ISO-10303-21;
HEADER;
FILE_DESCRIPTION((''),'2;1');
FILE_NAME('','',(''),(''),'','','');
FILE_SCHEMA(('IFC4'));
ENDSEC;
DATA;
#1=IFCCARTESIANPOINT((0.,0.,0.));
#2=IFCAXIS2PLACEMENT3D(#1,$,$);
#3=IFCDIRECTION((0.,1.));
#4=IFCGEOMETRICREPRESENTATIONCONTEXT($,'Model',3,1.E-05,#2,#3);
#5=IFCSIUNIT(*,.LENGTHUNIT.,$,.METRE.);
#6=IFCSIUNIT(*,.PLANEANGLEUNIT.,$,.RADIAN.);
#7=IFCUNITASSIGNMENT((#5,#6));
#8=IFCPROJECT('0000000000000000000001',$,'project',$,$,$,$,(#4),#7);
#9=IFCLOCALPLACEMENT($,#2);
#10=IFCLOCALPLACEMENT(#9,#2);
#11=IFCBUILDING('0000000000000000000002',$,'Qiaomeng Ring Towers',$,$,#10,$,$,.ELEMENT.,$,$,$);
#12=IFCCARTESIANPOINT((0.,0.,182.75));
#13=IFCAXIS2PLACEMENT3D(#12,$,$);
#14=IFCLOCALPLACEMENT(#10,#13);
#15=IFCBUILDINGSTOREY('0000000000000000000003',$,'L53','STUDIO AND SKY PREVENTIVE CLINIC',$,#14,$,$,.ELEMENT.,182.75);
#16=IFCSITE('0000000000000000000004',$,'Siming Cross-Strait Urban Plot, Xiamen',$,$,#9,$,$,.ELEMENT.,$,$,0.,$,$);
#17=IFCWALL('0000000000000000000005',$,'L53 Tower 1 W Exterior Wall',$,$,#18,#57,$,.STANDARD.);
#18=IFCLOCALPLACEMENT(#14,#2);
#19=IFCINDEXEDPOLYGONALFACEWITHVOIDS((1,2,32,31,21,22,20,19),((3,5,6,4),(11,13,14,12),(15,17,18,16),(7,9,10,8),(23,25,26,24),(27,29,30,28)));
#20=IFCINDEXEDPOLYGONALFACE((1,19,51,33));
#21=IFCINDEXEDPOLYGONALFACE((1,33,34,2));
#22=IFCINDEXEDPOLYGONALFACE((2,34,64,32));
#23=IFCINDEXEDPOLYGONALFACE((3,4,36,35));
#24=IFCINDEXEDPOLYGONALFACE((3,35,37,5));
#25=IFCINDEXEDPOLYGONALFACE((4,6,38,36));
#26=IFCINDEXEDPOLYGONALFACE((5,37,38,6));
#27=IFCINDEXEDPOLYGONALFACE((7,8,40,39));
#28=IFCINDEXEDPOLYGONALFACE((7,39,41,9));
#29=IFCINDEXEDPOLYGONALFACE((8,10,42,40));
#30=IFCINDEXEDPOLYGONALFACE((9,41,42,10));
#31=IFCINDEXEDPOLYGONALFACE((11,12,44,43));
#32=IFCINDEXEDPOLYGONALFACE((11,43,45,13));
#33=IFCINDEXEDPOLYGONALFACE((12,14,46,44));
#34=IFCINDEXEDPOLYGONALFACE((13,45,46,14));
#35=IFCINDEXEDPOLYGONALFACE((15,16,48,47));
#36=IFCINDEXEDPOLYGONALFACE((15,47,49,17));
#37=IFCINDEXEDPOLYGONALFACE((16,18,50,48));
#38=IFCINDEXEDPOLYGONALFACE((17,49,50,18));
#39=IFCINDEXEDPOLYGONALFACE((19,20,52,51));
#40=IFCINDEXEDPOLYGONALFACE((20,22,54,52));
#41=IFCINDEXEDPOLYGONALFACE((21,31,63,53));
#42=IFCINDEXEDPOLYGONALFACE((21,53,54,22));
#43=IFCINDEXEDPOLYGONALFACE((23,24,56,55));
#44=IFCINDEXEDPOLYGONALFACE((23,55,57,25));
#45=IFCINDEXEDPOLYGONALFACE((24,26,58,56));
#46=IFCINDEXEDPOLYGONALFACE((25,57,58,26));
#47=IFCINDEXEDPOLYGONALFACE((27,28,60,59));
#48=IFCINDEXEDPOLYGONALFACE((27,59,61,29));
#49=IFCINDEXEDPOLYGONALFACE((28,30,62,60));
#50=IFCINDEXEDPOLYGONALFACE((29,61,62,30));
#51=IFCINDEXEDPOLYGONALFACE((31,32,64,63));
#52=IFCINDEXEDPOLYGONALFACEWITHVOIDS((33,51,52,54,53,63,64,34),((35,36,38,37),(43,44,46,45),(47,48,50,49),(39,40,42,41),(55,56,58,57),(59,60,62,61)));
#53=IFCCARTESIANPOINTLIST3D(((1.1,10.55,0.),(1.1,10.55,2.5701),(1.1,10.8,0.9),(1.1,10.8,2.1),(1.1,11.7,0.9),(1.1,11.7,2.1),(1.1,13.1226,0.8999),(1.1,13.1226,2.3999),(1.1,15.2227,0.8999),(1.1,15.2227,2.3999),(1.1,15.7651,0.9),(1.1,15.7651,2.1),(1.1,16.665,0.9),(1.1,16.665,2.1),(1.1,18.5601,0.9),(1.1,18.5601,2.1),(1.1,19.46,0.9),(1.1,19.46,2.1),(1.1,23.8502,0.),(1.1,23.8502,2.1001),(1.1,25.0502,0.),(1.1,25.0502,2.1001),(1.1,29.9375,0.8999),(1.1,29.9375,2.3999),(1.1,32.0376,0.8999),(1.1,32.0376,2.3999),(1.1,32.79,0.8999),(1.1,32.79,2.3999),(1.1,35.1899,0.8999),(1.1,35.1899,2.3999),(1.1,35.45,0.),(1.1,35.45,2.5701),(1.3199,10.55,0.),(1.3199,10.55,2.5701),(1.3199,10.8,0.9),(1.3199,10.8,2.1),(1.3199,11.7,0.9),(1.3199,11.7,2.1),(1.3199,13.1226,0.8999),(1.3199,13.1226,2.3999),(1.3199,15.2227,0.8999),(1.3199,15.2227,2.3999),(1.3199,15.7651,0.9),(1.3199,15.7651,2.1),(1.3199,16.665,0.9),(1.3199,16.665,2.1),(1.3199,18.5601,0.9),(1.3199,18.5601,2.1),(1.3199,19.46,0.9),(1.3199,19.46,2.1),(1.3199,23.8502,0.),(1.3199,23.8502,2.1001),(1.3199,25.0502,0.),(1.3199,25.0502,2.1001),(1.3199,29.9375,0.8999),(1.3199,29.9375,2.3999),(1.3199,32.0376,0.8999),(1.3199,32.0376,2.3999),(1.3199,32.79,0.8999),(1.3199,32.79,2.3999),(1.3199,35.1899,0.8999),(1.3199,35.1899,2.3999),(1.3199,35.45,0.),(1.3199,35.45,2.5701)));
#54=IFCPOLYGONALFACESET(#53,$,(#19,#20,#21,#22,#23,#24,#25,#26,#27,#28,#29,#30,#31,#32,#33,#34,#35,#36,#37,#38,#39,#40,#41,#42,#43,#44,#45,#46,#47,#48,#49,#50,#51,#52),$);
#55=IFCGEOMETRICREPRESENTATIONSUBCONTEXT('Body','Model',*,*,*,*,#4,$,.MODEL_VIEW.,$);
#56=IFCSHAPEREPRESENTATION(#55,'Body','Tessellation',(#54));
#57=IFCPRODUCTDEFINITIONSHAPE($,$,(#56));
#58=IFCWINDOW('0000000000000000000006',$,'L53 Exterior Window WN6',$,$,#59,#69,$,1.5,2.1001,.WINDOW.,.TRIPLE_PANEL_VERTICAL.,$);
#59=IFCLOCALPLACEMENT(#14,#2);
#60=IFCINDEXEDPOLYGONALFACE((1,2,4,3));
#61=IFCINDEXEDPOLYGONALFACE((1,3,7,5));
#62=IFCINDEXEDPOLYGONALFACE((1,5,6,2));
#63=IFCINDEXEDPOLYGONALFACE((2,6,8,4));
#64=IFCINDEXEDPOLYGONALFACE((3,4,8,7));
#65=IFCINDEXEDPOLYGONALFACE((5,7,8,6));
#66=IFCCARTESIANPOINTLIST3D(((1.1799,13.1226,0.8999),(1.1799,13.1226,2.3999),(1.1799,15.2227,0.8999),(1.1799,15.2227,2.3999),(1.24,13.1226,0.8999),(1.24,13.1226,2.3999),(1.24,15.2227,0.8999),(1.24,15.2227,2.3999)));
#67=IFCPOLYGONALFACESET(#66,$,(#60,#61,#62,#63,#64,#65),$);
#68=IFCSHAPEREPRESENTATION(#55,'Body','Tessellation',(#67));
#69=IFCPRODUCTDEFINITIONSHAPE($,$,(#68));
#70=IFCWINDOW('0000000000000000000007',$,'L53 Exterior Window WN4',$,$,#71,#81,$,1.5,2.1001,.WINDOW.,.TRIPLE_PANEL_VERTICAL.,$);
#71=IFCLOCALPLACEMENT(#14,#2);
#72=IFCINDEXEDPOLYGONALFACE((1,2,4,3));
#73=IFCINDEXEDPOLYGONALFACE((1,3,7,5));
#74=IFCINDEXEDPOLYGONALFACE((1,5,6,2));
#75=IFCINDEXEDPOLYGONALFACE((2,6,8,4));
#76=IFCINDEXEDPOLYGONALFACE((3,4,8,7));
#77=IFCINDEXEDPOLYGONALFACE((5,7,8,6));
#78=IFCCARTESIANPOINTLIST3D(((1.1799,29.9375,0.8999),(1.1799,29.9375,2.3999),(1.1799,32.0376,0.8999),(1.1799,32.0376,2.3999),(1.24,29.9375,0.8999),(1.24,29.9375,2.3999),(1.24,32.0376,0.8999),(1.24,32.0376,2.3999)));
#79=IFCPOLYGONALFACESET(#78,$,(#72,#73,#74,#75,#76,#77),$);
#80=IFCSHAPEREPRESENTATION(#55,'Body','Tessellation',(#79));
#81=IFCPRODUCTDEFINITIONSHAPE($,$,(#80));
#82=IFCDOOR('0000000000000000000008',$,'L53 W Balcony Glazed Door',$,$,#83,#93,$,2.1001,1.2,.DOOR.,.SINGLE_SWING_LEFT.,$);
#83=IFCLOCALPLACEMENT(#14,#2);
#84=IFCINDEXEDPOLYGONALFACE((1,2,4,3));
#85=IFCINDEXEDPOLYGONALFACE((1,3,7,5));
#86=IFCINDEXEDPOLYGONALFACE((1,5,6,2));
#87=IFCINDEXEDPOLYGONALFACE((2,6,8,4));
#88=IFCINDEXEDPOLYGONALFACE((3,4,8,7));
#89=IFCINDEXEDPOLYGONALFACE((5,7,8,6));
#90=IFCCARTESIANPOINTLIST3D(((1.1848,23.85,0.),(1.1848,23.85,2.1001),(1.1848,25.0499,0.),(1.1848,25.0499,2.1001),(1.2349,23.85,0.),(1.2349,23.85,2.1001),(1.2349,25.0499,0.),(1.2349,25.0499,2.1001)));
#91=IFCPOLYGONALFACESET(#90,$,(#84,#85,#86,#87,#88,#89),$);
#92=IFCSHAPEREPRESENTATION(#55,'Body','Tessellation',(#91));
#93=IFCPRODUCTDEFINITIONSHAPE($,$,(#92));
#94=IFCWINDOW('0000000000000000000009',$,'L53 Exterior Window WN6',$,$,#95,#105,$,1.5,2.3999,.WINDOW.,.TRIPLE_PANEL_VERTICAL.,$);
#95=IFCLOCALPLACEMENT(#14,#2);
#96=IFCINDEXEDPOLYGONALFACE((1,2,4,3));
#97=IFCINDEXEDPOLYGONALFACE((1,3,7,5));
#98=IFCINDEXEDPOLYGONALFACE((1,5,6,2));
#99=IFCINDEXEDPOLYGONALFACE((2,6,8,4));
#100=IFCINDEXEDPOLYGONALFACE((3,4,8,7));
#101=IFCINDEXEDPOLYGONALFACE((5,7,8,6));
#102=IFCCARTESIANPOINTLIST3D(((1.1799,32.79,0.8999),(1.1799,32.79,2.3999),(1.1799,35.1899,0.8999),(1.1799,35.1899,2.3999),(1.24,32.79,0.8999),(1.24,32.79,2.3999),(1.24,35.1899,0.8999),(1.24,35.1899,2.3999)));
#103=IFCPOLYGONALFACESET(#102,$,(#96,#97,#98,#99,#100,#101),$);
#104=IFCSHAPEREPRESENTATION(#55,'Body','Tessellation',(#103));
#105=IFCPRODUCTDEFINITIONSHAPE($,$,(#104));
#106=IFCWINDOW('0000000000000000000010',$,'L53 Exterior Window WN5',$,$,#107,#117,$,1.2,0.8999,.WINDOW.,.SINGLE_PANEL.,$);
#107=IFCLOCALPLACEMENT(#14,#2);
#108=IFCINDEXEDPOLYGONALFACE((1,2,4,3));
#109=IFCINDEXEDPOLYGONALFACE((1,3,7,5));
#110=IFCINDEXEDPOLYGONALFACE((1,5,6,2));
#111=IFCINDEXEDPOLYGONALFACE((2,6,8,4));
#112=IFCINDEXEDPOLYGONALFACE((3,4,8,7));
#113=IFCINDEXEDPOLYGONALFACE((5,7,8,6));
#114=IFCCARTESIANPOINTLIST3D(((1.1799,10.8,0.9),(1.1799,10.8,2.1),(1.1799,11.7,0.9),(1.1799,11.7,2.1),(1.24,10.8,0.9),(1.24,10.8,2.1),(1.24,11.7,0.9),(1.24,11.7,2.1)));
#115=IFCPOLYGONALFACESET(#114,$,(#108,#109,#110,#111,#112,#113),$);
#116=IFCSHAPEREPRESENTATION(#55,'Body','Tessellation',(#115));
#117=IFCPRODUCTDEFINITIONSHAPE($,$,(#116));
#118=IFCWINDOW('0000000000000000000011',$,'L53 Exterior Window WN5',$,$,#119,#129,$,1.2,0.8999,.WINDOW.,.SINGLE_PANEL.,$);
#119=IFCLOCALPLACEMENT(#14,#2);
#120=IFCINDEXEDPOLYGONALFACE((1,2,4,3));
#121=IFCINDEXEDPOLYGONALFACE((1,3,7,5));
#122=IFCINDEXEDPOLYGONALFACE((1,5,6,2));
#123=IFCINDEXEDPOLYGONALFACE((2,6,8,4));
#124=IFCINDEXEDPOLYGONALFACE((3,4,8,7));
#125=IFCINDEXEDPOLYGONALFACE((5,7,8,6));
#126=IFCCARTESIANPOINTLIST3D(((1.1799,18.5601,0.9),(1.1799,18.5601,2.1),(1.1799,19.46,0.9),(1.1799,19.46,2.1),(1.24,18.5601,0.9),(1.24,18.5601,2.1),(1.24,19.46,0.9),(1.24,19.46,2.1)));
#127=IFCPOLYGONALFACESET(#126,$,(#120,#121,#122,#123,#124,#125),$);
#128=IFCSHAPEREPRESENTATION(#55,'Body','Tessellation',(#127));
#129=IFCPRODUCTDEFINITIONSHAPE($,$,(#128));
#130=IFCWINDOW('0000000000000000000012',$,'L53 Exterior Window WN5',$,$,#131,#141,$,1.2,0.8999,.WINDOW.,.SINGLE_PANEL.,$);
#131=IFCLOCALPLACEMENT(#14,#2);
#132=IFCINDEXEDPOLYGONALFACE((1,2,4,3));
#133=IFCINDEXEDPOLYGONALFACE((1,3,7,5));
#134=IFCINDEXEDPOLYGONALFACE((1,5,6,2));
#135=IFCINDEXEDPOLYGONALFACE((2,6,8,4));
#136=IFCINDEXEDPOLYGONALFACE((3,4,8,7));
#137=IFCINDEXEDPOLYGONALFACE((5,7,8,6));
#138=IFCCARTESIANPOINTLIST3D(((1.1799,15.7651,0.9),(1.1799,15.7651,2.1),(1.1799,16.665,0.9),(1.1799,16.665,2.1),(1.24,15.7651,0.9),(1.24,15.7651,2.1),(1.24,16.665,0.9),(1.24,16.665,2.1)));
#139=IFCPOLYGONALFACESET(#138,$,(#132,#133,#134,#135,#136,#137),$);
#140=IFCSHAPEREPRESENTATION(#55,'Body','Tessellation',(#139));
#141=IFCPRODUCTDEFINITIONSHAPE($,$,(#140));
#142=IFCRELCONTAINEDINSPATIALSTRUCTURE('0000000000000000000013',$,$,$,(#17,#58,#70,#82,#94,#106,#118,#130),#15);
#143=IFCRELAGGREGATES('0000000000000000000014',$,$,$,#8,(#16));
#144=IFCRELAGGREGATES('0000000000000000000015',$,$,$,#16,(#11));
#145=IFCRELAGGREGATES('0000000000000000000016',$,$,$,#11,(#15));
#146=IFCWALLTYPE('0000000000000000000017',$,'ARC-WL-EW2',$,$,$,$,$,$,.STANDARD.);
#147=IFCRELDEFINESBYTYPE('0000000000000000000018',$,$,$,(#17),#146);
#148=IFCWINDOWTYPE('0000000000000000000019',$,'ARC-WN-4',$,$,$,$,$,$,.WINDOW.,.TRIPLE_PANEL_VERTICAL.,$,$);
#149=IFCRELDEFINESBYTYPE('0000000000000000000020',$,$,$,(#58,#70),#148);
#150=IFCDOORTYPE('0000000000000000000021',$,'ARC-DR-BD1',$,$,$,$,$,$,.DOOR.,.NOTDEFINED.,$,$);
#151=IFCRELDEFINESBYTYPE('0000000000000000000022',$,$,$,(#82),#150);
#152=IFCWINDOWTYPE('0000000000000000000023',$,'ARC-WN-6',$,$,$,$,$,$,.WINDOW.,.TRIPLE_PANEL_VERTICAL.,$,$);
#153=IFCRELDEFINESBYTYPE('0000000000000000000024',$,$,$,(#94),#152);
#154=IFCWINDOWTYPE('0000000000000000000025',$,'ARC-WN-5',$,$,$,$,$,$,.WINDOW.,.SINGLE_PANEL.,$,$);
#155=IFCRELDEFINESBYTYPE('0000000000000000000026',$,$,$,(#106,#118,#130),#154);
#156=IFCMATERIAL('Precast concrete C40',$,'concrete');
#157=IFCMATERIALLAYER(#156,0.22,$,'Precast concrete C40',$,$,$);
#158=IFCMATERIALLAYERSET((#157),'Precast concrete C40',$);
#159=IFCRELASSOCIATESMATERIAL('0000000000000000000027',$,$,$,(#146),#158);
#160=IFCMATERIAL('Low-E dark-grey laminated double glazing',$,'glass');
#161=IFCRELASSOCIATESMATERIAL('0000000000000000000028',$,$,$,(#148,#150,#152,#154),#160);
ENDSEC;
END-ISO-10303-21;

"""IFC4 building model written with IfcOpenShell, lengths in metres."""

from ifc_helpers import new_model, si_unit, direction, frame, frame_2d, origin, place, context, subcontext, project, spatial, rectangle, extrude, source, transform, mapped, material, layer, layer_set, type_object, element, fill, save


model = new_model("IFC4")

# Units and contexts
model_context = context("Model", 3, precision=1e-05, world=origin(), true_north=direction((0.0, 1.0)))
body_context = subcontext(model_context, "Body", "Model", "MODEL_VIEW")
ifc_project = project(units=[si_unit("LENGTHUNIT", "METRE"), si_unit("PLANEANGLEUNIT", "RADIAN")], contexts=[model_context])

# Site, building, storey
site_placement = place(None, origin())
site = spatial("IfcSite", under=ifc_project, at=site_placement, Name="Siming Cross-Strait Urban Plot, Xiamen", CompositionType="ELEMENT", RefElevation=0.0)
building_placement = place(site_placement, origin())
building = spatial("IfcBuilding", under=site, at=building_placement, Name="Qiaomeng Ring Towers", CompositionType="ELEMENT")
storey_placement = place(building_placement, frame((0.0, 0.0, 182.75)))
storey = spatial("IfcBuildingStorey", under=building, at=storey_placement, Name="L53", Description="STUDIO AND SKY PREVENTIVE CLINIC", CompositionType="ELEMENT", Elevation=182.75)

# Shared definitions
ifc_material_1 = material(Name="Precast concrete C40", Category="concrete")

# Wall, openings, windows, door
ifc_layer_1 = layer(ifc_material_1, 0.22, Name="Precast concrete C40")
ifc_layer_set_1 = layer_set([ifc_layer_1], Name="Precast concrete C40")
wall_type_1 = type_object("IfcWallType", Name="ARC-WL-EW2", PredefinedType="STANDARD", material=ifc_layer_set_1)
wall_1_placement = place(storey_placement, frame((1.21, 10.55, 0.0), z_axis=(0.0, 0.0, 1.0), x_axis=(0.0, 1.0, 0.0)))
wall_1 = element("IfcWall", 1, at=wall_1_placement, inside=storey, type_object=wall_type_1, Name="L53 Tower 1 W Exterior Wall", PredefinedType="STANDARD", context=body_context, shape_type="SweptSolid", body=[
    extrude(rectangle(XDim=24.8999, YDim=0.22, at=frame_2d((12.45, 0.0))), origin(), (0.0, 0.0, 1.0), 2.5701),
])
opening_1_placement = place(wall_1_placement, frame((13.3, 0.0, 0.0)))
opening_1 = element("IfcOpeningElement", 2, at=opening_1_placement, cuts=wall_1, PredefinedType="OPENING", context=body_context, shape_type="SweptSolid", body=[
    extrude(rectangle(XDim=1.2, YDim=2.1001, at=frame_2d((0.6001, 1.05))), frame((0.0, 0.1199, 0.0), z_axis=(0.0, -1.0, 0.0), x_axis=(1.0, 0.0, 0.0)), (0.0, 0.0, 1.0), 0.24),
])
opening_2_placement = place(wall_1_placement, frame((2.5725, 0.0, 0.8999)))
opening_2 = element("IfcOpeningElement", 3, at=opening_2_placement, cuts=wall_1, PredefinedType="OPENING", context=body_context, shape_type="SweptSolid", body=[
    extrude(rectangle(XDim=2.1001, YDim=1.5, at=frame_2d((1.05, 0.75))), frame((0.0, 0.1199, 0.0), z_axis=(0.0, -1.0, 0.0), x_axis=(1.0, 0.0, 0.0)), (0.0, 0.0, 1.0), 0.24),
])
opening_3_placement = place(wall_1_placement, frame((19.3875, 0.0, 0.8999)))
opening_3 = element("IfcOpeningElement", 4, at=opening_3_placement, cuts=wall_1, PredefinedType="OPENING", context=body_context, shape_type="SweptSolid", body=[
    extrude(rectangle(XDim=2.1001, YDim=1.5, at=frame_2d((1.05, 0.75))), frame((0.0, 0.1199, 0.0), z_axis=(0.0, -1.0, 0.0), x_axis=(1.0, 0.0, 0.0)), (0.0, 0.0, 1.0), 0.24),
])
opening_4_placement = place(wall_1_placement, frame((22.24, 0.0, 0.8999)))
opening_4 = element("IfcOpeningElement", 5, at=opening_4_placement, cuts=wall_1, PredefinedType="OPENING", context=body_context, shape_type="SweptSolid", body=[
    extrude(rectangle(XDim=2.3999, YDim=1.5, at=frame_2d((1.2, 0.75))), frame((0.0, 0.1199, 0.0), z_axis=(0.0, -1.0, 0.0), x_axis=(1.0, 0.0, 0.0)), (0.0, 0.0, 1.0), 0.24),
])
opening_5_placement = place(wall_1_placement, frame((0.25, 0.0, 0.8999)))
opening_5 = element("IfcOpeningElement", 6, at=opening_5_placement, cuts=wall_1, PredefinedType="OPENING", context=body_context, shape_type="SweptSolid", body=[
    extrude(rectangle(XDim=0.8999, YDim=1.2, at=frame_2d((0.45, 0.6001))), frame((0.0, 0.1199, 0.0), z_axis=(0.0, -1.0, 0.0), x_axis=(1.0, 0.0, 0.0)), (0.0, 0.0, 1.0), 0.24),
])
opening_6_placement = place(wall_1_placement, frame((8.01, 0.0, 0.8999)))
opening_6 = element("IfcOpeningElement", 7, at=opening_6_placement, cuts=wall_1, PredefinedType="OPENING", context=body_context, shape_type="SweptSolid", body=[
    extrude(rectangle(XDim=0.8999, YDim=1.2, at=frame_2d((0.45, 0.6001))), frame((0.0, 0.1199, 0.0), z_axis=(0.0, -1.0, 0.0), x_axis=(1.0, 0.0, 0.0)), (0.0, 0.0, 1.0), 0.24),
])
opening_7_placement = place(wall_1_placement, frame((5.2151, 0.0, 0.8999)))
opening_7 = element("IfcOpeningElement", 8, at=opening_7_placement, cuts=wall_1, PredefinedType="OPENING", context=body_context, shape_type="SweptSolid", body=[
    extrude(rectangle(XDim=0.8999, YDim=1.2, at=frame_2d((0.45, 0.6001))), frame((0.0, 0.1199, 0.0), z_axis=(0.0, -1.0, 0.0), x_axis=(1.0, 0.0, 0.0)), (0.0, 0.0, 1.0), 0.24),
])
ifc_material_2 = material(Name="Low-E dark-grey laminated double glazing", Category="glass")
window_type_1 = type_object("IfcWindowType", Name="ARC-WN-4", PartitioningType="TRIPLE_PANEL_VERTICAL", PredefinedType="WINDOW", material=ifc_material_2)
shared_shape_1 = source(origin(), body_context, "Body", "SweptSolid", [
    extrude(rectangle(XDim=2.1001, YDim=1.5, at=frame_2d((1.05, 0.75))), frame((0.0, 0.03, 0.0), z_axis=(0.0, -1.0, 0.0), x_axis=(1.0, 0.0, 0.0)), (0.0, 0.0, 1.0), 0.0601),
])
window_1_placement = place(opening_2_placement, origin())
window_1 = element("IfcWindow", 9, at=window_1_placement, inside=storey, type_object=window_type_1, Name="L53 Exterior Window WN6", OverallHeight=1.5, OverallWidth=2.1001, PartitioningType="TRIPLE_PANEL_VERTICAL", PredefinedType="WINDOW", context=body_context, shape_type="MappedRepresentation", body=[
    mapped(shared_shape_1, transform((0.0, 0.0, 0.0), x_axis=(1.0, 0.0, 0.0), y_axis=(0.0, 1.0, 0.0), z_axis=(0.0, 0.0, 1.0), scale=1.0)),
])
fill(opening_2, window_1)
window_2_placement = place(opening_3_placement, origin())
window_2 = element("IfcWindow", 10, at=window_2_placement, inside=storey, type_object=window_type_1, Name="L53 Exterior Window WN4", OverallHeight=1.5, OverallWidth=2.1001, PartitioningType="TRIPLE_PANEL_VERTICAL", PredefinedType="WINDOW", context=body_context, shape_type="MappedRepresentation", body=[
    mapped(shared_shape_1, transform((0.0, 0.0, 0.0), x_axis=(1.0, 0.0, 0.0), y_axis=(0.0, 1.0, 0.0), z_axis=(0.0, 0.0, 1.0), scale=1.0)),
])
fill(opening_3, window_2)
door_type = type_object("IfcDoorType", Name="ARC-DR-BD1", OperationType="NOTDEFINED", PredefinedType="DOOR", material=ifc_material_2)
shared_shape_2 = source(origin(), body_context, "Body", "SweptSolid", [
    extrude(rectangle(XDim=1.2, YDim=2.1001, at=frame_2d((0.6001, 1.05))), frame((0.0, 0.0249, 0.0), z_axis=(0.0, -1.0, 0.0), x_axis=(1.0, 0.0, 0.0)), (0.0, 0.0, 1.0), 0.05),
])
door_placement = place(opening_1_placement, frame((1.2, 0.0, 0.0), z_axis=(0.0, 0.0, 1.0), x_axis=(-1.0, 0.0, 0.0)))
door = element("IfcDoor", 11, at=door_placement, inside=storey, type_object=door_type, Name="L53 W Balcony Glazed Door", OperationType="SINGLE_SWING_LEFT", OverallHeight=2.1001, OverallWidth=1.2, PredefinedType="DOOR", context=body_context, shape_type="MappedRepresentation", body=[
    mapped(shared_shape_2, transform((0.0, 0.0, 0.0), x_axis=(1.0, 0.0, 0.0), y_axis=(0.0, 1.0, 0.0), z_axis=(0.0, 0.0, 1.0), scale=1.0)),
])
fill(opening_1, door)
window_type_2 = type_object("IfcWindowType", Name="ARC-WN-6", PartitioningType="TRIPLE_PANEL_VERTICAL", PredefinedType="WINDOW", material=ifc_material_2)
shared_shape_3 = source(origin(), body_context, "Body", "SweptSolid", [
    extrude(rectangle(XDim=2.3999, YDim=1.5, at=frame_2d((1.2, 0.75))), frame((0.0, 0.03, 0.0), z_axis=(0.0, -1.0, 0.0), x_axis=(1.0, 0.0, 0.0)), (0.0, 0.0, 1.0), 0.0601),
])
window_3_placement = place(opening_4_placement, origin())
window_3 = element("IfcWindow", 12, at=window_3_placement, inside=storey, type_object=window_type_2, Name="L53 Exterior Window WN6", OverallHeight=1.5, OverallWidth=2.3999, PartitioningType="TRIPLE_PANEL_VERTICAL", PredefinedType="WINDOW", context=body_context, shape_type="MappedRepresentation", body=[
    mapped(shared_shape_3, transform((0.0, 0.0, 0.0), x_axis=(1.0, 0.0, 0.0), y_axis=(0.0, 1.0, 0.0), z_axis=(0.0, 0.0, 1.0), scale=1.0)),
])
fill(opening_4, window_3)
window_type_3 = type_object("IfcWindowType", Name="ARC-WN-5", PartitioningType="SINGLE_PANEL", PredefinedType="WINDOW", material=ifc_material_2)
shared_shape_4 = source(origin(), body_context, "Body", "SweptSolid", [
    extrude(rectangle(XDim=0.8999, YDim=1.2, at=frame_2d((0.45, 0.6001))), frame((0.0, 0.03, 0.0), z_axis=(0.0, -1.0, 0.0), x_axis=(1.0, 0.0, 0.0)), (0.0, 0.0, 1.0), 0.0601),
])
window_4_placement = place(opening_5_placement, origin())
window_4 = element("IfcWindow", 13, at=window_4_placement, inside=storey, type_object=window_type_3, Name="L53 Exterior Window WN5", OverallHeight=1.2, OverallWidth=0.8999, PartitioningType="SINGLE_PANEL", PredefinedType="WINDOW", context=body_context, shape_type="MappedRepresentation", body=[
    mapped(shared_shape_4, transform((0.0, 0.0, 0.0), x_axis=(1.0, 0.0, 0.0), y_axis=(0.0, 1.0, 0.0), z_axis=(0.0, 0.0, 1.0), scale=1.0)),
])
fill(opening_5, window_4)
window_5_placement = place(opening_6_placement, origin())
window_5 = element("IfcWindow", 14, at=window_5_placement, inside=storey, type_object=window_type_3, Name="L53 Exterior Window WN5", OverallHeight=1.2, OverallWidth=0.8999, PartitioningType="SINGLE_PANEL", PredefinedType="WINDOW", context=body_context, shape_type="MappedRepresentation", body=[
    mapped(shared_shape_4, transform((0.0, 0.0, 0.0), x_axis=(1.0, 0.0, 0.0), y_axis=(0.0, 1.0, 0.0), z_axis=(0.0, 0.0, 1.0), scale=1.0)),
])
fill(opening_6, window_5)
window_6_placement = place(opening_7_placement, origin())
window_6 = element("IfcWindow", 15, at=window_6_placement, inside=storey, type_object=window_type_3, Name="L53 Exterior Window WN5", OverallHeight=1.2, OverallWidth=0.8999, PartitioningType="SINGLE_PANEL", PredefinedType="WINDOW", context=body_context, shape_type="MappedRepresentation", body=[
    mapped(shared_shape_4, transform((0.0, 0.0, 0.0), x_axis=(1.0, 0.0, 0.0), y_axis=(0.0, 1.0, 0.0), z_axis=(0.0, 0.0, 1.0), scale=1.0)),
])
fill(opening_7, window_6)

save(model, "model.ifc")
